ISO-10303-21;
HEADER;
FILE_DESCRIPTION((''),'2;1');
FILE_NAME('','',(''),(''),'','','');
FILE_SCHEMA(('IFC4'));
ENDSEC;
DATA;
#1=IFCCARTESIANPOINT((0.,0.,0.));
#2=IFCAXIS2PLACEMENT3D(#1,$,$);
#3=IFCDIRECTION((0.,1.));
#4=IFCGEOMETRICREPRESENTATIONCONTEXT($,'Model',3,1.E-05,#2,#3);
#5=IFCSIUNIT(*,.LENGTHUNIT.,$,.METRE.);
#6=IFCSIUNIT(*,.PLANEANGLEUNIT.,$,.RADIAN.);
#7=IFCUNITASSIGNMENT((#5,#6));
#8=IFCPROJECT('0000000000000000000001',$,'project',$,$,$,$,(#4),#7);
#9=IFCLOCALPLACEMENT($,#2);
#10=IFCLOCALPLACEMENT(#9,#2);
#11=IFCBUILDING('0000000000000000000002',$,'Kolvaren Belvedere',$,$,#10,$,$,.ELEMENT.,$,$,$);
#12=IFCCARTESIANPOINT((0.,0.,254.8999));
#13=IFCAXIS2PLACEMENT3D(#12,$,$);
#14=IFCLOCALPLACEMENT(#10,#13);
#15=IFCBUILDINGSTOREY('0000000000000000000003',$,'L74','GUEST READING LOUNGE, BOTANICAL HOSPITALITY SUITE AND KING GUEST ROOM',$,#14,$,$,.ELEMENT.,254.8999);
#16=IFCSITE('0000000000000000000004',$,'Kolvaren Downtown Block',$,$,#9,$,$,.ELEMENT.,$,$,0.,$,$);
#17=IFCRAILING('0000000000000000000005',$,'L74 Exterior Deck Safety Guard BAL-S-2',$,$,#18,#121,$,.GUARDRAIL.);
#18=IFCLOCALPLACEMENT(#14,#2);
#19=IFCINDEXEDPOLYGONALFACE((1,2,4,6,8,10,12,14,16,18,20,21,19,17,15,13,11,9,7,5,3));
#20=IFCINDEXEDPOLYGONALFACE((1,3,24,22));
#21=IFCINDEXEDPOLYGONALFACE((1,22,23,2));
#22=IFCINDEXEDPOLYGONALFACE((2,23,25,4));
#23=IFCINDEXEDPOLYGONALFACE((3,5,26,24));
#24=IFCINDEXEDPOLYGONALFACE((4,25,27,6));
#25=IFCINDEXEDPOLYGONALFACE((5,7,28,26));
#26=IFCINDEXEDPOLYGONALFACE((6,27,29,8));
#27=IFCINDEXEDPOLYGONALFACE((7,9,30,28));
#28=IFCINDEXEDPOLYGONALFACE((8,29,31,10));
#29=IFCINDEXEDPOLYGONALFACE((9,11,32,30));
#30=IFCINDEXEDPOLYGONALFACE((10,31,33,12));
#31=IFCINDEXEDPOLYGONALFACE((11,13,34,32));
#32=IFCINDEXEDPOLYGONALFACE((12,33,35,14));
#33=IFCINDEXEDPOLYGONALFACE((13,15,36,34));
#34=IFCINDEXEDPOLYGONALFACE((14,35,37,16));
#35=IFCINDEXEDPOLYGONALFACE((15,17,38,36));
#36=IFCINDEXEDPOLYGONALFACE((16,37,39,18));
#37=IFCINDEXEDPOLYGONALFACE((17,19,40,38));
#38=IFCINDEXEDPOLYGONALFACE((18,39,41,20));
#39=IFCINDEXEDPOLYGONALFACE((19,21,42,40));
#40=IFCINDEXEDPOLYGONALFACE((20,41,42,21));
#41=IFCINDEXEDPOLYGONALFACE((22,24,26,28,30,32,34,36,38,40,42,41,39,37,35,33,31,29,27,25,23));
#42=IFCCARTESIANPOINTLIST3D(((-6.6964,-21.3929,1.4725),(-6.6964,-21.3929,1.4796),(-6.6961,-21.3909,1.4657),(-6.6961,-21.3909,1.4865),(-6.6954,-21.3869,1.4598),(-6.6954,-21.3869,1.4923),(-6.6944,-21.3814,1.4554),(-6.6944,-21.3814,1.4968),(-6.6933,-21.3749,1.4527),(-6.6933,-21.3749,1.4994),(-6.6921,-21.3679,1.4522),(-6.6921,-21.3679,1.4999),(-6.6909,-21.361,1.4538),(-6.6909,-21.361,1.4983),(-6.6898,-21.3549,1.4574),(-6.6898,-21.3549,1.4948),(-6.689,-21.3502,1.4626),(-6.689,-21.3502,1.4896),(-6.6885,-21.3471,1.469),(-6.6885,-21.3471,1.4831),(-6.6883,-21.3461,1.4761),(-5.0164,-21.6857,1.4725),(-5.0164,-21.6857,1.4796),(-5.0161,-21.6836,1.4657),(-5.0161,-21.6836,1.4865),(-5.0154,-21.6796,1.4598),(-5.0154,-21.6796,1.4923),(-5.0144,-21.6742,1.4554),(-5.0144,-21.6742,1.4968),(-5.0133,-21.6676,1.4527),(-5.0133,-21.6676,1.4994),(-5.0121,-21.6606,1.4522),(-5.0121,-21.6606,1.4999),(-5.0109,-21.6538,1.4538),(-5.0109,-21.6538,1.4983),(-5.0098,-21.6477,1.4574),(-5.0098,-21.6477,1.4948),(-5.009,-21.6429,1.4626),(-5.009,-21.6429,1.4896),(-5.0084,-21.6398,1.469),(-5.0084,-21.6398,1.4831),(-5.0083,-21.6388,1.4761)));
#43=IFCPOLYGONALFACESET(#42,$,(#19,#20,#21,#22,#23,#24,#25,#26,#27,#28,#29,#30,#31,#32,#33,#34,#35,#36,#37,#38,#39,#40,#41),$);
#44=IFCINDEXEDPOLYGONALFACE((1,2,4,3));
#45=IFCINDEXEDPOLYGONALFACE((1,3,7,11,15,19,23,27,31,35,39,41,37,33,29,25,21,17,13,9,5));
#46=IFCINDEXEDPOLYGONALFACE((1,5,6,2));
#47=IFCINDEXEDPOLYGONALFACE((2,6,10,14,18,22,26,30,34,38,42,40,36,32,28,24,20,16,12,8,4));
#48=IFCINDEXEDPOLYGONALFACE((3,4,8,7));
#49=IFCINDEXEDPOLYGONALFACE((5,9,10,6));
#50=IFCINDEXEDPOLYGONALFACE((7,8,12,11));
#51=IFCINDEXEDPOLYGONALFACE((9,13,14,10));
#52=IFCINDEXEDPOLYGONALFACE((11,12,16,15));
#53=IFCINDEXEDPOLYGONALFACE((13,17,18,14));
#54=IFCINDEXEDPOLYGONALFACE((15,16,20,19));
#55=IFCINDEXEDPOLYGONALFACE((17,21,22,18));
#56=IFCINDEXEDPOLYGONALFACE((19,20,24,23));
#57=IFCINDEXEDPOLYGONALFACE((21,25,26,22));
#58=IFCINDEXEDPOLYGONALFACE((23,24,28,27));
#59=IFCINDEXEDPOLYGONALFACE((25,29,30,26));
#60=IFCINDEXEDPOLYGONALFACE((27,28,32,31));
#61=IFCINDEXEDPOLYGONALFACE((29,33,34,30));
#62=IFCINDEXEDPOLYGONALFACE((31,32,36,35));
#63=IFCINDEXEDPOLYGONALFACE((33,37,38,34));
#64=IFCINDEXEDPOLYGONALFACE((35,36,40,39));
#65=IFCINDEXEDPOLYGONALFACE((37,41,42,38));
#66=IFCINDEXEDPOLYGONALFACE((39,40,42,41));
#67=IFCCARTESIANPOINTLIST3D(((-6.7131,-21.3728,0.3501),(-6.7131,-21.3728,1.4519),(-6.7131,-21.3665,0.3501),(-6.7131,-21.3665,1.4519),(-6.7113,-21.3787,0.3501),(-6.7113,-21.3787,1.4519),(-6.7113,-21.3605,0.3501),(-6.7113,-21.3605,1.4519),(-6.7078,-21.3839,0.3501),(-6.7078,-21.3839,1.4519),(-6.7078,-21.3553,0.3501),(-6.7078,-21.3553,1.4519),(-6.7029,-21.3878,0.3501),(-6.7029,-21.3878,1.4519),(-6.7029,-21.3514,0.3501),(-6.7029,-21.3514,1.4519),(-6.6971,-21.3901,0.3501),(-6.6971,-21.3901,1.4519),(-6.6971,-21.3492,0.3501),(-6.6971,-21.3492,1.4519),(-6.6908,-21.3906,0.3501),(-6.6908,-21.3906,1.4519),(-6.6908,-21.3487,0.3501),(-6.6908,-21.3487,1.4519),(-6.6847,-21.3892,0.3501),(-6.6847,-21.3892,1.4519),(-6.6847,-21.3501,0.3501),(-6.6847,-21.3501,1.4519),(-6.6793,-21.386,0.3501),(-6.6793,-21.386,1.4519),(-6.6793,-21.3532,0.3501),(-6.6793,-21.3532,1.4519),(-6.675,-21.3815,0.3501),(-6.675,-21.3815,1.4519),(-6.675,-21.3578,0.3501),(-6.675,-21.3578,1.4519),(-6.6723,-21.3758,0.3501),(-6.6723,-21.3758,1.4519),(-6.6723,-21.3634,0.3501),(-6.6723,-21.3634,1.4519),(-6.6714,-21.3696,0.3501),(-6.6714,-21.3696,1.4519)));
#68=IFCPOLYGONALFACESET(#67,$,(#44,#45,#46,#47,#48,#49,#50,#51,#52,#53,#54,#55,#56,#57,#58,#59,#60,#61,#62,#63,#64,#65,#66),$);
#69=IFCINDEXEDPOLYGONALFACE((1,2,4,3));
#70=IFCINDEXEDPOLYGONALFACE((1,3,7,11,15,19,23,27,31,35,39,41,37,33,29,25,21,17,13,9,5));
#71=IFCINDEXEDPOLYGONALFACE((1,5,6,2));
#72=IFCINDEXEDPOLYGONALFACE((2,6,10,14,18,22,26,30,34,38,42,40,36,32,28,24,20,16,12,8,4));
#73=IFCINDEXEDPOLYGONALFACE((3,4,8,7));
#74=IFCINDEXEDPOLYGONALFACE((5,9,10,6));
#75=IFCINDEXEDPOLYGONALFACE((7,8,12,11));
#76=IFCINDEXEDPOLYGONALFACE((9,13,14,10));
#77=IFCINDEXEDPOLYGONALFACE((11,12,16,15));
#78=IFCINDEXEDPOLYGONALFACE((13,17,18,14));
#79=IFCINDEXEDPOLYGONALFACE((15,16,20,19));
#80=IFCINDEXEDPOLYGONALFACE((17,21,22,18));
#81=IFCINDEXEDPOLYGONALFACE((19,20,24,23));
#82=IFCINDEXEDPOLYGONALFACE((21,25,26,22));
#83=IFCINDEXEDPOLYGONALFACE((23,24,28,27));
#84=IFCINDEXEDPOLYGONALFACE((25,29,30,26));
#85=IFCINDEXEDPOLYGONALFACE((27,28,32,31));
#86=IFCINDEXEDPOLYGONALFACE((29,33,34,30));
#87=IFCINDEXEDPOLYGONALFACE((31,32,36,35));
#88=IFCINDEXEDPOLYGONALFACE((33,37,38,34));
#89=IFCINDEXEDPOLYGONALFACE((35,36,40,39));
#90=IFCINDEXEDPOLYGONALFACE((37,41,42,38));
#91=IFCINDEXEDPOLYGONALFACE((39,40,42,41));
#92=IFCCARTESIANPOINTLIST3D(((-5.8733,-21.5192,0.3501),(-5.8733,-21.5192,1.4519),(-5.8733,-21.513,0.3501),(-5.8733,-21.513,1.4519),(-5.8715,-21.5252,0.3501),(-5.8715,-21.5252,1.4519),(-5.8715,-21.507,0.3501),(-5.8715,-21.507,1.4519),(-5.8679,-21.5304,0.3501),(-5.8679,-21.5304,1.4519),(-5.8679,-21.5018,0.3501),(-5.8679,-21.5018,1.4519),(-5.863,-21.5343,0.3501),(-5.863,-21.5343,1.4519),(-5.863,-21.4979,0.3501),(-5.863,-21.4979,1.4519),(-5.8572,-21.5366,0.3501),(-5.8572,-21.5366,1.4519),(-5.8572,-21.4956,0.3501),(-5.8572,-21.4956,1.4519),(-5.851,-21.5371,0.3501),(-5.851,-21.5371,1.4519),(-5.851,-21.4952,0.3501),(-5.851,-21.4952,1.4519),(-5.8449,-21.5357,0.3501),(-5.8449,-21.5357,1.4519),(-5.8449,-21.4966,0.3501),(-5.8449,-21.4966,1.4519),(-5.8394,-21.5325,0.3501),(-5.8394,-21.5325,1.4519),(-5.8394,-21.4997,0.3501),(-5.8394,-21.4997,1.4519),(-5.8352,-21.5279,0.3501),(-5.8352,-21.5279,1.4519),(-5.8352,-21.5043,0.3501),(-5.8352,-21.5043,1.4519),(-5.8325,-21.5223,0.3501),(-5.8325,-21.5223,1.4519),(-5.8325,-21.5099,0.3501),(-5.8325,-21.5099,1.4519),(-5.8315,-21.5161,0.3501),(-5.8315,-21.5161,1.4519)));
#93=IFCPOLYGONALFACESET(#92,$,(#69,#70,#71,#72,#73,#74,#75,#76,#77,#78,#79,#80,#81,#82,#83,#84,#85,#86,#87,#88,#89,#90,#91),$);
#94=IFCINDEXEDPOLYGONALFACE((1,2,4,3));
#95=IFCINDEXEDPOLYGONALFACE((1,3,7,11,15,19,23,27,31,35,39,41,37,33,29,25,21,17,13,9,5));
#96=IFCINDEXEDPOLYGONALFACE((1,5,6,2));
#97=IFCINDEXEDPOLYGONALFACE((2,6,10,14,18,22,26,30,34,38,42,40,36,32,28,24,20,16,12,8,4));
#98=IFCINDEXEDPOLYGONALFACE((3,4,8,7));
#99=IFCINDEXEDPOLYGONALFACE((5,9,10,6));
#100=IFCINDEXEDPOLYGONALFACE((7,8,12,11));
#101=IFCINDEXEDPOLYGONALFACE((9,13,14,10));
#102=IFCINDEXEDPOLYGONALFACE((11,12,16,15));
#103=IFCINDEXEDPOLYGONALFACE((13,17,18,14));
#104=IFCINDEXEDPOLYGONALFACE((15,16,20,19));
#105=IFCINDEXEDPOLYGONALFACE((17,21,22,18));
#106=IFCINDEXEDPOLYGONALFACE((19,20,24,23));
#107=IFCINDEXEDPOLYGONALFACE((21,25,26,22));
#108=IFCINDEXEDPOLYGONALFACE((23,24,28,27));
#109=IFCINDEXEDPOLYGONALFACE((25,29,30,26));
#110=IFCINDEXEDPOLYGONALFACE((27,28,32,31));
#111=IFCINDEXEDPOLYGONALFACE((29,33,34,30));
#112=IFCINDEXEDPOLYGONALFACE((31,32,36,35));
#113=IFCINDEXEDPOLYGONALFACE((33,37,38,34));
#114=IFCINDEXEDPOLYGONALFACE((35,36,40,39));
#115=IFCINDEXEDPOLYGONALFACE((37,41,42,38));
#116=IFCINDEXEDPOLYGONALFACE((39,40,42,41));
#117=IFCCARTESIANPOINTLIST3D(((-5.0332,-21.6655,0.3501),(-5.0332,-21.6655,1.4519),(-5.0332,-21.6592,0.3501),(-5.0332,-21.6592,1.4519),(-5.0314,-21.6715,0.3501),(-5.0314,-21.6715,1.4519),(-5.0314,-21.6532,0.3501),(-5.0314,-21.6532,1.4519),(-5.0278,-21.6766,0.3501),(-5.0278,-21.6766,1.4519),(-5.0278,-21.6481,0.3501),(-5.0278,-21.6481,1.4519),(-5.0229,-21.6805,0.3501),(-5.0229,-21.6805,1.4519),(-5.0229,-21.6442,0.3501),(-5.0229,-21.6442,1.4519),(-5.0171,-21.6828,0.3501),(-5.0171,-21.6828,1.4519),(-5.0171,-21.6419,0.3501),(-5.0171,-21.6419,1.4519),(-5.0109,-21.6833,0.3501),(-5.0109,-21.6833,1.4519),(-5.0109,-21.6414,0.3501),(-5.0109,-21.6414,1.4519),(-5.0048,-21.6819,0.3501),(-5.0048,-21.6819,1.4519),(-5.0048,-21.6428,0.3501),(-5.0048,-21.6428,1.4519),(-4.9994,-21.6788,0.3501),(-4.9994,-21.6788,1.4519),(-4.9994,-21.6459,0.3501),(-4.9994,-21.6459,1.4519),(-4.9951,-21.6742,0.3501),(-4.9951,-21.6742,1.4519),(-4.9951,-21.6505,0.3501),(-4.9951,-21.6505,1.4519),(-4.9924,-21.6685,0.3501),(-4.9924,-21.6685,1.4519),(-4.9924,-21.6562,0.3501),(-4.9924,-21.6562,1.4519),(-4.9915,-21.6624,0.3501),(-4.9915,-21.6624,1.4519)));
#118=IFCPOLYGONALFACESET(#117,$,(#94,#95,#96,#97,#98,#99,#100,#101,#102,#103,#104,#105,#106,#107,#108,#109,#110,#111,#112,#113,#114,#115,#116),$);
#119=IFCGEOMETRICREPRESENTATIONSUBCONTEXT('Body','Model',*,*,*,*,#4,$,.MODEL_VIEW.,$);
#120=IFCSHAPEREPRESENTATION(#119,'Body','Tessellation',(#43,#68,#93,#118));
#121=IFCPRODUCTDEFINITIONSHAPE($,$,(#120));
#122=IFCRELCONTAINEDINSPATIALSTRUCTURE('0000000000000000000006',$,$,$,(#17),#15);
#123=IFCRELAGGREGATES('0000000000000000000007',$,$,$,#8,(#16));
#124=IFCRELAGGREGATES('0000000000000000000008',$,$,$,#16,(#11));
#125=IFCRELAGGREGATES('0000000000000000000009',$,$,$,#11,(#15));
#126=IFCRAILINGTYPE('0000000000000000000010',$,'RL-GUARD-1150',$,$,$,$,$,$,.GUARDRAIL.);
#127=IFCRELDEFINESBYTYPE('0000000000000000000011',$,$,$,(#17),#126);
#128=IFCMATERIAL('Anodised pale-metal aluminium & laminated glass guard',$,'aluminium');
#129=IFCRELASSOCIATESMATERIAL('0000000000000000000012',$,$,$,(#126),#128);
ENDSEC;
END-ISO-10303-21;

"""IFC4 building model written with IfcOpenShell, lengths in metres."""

from ifc_helpers import new_model, si_unit, direction, frame, origin, origin_2d, place, context, subcontext, project, spatial, circle, extrude, material, type_object, element, save


model = new_model("IFC4")

# Units and contexts
model_context = context("Model", 3, precision=1e-05, world=origin(), true_north=direction((0.0, 1.0)))
body_context = subcontext(model_context, "Body", "Model", "MODEL_VIEW")
ifc_project = project(units=[si_unit("LENGTHUNIT", "METRE"), si_unit("PLANEANGLEUNIT", "RADIAN")], contexts=[model_context])

# Site, building, storey
site_placement = place(None, origin())
site = spatial("IfcSite", under=ifc_project, at=site_placement, Name="Kolvaren Downtown Block", CompositionType="ELEMENT", RefElevation=0.0)
building_placement = place(site_placement, origin())
building = spatial("IfcBuilding", under=site, at=building_placement, Name="Kolvaren Belvedere", CompositionType="ELEMENT")
storey_placement = place(building_placement, frame((0.0, 0.0, 254.8999)))
storey = spatial("IfcBuildingStorey", under=building, at=storey_placement, Name="L74", Description="GUEST READING LOUNGE, BOTANICAL HOSPITALITY SUITE AND KING GUEST ROOM", CompositionType="ELEMENT", Elevation=254.8999)

# Railing
ifc_material_1 = material(Name="Anodised pale-metal aluminium & laminated glass guard", Category="aluminium")
railing_type = type_object("IfcRailingType", Name="RL-GUARD-1150", PredefinedType="GUARDRAIL", material=ifc_material_1)
railing_1_placement = place(storey_placement, frame((-6.6924, -21.3696, 0.3501)))
element("IfcRailing", 1, at=railing_1_placement, inside=storey, type_object=railing_type, Name="L74 Exterior Deck Safety Guard BAL-S-2", PredefinedType="GUARDRAIL", context=body_context, shape_type="SweptSolid", body=[
    extrude(circle(Radius=0.0239, at=origin_2d()), frame((0.0, 0.0, 1.126), z_axis=(0.985156, -0.171661, 0.0), x_axis=(0.171661, 0.985156, 0.0)), (0.0, 0.0, 1.0), 1.7053),
    extrude(circle(Radius=0.021, at=origin_2d()), origin(), (0.0, 0.0, 1.0), 1.1018),
    extrude(circle(Radius=0.021, at=origin_2d()), frame((0.8398, -0.1465, 0.0)), (0.0, 0.0, 1.0), 1.1018),
    extrude(circle(Radius=0.021, at=origin_2d()), frame((1.6799, -0.2927, 0.0)), (0.0, 0.0, 1.0), 1.1018),
])

save(model, "model.ifc")
